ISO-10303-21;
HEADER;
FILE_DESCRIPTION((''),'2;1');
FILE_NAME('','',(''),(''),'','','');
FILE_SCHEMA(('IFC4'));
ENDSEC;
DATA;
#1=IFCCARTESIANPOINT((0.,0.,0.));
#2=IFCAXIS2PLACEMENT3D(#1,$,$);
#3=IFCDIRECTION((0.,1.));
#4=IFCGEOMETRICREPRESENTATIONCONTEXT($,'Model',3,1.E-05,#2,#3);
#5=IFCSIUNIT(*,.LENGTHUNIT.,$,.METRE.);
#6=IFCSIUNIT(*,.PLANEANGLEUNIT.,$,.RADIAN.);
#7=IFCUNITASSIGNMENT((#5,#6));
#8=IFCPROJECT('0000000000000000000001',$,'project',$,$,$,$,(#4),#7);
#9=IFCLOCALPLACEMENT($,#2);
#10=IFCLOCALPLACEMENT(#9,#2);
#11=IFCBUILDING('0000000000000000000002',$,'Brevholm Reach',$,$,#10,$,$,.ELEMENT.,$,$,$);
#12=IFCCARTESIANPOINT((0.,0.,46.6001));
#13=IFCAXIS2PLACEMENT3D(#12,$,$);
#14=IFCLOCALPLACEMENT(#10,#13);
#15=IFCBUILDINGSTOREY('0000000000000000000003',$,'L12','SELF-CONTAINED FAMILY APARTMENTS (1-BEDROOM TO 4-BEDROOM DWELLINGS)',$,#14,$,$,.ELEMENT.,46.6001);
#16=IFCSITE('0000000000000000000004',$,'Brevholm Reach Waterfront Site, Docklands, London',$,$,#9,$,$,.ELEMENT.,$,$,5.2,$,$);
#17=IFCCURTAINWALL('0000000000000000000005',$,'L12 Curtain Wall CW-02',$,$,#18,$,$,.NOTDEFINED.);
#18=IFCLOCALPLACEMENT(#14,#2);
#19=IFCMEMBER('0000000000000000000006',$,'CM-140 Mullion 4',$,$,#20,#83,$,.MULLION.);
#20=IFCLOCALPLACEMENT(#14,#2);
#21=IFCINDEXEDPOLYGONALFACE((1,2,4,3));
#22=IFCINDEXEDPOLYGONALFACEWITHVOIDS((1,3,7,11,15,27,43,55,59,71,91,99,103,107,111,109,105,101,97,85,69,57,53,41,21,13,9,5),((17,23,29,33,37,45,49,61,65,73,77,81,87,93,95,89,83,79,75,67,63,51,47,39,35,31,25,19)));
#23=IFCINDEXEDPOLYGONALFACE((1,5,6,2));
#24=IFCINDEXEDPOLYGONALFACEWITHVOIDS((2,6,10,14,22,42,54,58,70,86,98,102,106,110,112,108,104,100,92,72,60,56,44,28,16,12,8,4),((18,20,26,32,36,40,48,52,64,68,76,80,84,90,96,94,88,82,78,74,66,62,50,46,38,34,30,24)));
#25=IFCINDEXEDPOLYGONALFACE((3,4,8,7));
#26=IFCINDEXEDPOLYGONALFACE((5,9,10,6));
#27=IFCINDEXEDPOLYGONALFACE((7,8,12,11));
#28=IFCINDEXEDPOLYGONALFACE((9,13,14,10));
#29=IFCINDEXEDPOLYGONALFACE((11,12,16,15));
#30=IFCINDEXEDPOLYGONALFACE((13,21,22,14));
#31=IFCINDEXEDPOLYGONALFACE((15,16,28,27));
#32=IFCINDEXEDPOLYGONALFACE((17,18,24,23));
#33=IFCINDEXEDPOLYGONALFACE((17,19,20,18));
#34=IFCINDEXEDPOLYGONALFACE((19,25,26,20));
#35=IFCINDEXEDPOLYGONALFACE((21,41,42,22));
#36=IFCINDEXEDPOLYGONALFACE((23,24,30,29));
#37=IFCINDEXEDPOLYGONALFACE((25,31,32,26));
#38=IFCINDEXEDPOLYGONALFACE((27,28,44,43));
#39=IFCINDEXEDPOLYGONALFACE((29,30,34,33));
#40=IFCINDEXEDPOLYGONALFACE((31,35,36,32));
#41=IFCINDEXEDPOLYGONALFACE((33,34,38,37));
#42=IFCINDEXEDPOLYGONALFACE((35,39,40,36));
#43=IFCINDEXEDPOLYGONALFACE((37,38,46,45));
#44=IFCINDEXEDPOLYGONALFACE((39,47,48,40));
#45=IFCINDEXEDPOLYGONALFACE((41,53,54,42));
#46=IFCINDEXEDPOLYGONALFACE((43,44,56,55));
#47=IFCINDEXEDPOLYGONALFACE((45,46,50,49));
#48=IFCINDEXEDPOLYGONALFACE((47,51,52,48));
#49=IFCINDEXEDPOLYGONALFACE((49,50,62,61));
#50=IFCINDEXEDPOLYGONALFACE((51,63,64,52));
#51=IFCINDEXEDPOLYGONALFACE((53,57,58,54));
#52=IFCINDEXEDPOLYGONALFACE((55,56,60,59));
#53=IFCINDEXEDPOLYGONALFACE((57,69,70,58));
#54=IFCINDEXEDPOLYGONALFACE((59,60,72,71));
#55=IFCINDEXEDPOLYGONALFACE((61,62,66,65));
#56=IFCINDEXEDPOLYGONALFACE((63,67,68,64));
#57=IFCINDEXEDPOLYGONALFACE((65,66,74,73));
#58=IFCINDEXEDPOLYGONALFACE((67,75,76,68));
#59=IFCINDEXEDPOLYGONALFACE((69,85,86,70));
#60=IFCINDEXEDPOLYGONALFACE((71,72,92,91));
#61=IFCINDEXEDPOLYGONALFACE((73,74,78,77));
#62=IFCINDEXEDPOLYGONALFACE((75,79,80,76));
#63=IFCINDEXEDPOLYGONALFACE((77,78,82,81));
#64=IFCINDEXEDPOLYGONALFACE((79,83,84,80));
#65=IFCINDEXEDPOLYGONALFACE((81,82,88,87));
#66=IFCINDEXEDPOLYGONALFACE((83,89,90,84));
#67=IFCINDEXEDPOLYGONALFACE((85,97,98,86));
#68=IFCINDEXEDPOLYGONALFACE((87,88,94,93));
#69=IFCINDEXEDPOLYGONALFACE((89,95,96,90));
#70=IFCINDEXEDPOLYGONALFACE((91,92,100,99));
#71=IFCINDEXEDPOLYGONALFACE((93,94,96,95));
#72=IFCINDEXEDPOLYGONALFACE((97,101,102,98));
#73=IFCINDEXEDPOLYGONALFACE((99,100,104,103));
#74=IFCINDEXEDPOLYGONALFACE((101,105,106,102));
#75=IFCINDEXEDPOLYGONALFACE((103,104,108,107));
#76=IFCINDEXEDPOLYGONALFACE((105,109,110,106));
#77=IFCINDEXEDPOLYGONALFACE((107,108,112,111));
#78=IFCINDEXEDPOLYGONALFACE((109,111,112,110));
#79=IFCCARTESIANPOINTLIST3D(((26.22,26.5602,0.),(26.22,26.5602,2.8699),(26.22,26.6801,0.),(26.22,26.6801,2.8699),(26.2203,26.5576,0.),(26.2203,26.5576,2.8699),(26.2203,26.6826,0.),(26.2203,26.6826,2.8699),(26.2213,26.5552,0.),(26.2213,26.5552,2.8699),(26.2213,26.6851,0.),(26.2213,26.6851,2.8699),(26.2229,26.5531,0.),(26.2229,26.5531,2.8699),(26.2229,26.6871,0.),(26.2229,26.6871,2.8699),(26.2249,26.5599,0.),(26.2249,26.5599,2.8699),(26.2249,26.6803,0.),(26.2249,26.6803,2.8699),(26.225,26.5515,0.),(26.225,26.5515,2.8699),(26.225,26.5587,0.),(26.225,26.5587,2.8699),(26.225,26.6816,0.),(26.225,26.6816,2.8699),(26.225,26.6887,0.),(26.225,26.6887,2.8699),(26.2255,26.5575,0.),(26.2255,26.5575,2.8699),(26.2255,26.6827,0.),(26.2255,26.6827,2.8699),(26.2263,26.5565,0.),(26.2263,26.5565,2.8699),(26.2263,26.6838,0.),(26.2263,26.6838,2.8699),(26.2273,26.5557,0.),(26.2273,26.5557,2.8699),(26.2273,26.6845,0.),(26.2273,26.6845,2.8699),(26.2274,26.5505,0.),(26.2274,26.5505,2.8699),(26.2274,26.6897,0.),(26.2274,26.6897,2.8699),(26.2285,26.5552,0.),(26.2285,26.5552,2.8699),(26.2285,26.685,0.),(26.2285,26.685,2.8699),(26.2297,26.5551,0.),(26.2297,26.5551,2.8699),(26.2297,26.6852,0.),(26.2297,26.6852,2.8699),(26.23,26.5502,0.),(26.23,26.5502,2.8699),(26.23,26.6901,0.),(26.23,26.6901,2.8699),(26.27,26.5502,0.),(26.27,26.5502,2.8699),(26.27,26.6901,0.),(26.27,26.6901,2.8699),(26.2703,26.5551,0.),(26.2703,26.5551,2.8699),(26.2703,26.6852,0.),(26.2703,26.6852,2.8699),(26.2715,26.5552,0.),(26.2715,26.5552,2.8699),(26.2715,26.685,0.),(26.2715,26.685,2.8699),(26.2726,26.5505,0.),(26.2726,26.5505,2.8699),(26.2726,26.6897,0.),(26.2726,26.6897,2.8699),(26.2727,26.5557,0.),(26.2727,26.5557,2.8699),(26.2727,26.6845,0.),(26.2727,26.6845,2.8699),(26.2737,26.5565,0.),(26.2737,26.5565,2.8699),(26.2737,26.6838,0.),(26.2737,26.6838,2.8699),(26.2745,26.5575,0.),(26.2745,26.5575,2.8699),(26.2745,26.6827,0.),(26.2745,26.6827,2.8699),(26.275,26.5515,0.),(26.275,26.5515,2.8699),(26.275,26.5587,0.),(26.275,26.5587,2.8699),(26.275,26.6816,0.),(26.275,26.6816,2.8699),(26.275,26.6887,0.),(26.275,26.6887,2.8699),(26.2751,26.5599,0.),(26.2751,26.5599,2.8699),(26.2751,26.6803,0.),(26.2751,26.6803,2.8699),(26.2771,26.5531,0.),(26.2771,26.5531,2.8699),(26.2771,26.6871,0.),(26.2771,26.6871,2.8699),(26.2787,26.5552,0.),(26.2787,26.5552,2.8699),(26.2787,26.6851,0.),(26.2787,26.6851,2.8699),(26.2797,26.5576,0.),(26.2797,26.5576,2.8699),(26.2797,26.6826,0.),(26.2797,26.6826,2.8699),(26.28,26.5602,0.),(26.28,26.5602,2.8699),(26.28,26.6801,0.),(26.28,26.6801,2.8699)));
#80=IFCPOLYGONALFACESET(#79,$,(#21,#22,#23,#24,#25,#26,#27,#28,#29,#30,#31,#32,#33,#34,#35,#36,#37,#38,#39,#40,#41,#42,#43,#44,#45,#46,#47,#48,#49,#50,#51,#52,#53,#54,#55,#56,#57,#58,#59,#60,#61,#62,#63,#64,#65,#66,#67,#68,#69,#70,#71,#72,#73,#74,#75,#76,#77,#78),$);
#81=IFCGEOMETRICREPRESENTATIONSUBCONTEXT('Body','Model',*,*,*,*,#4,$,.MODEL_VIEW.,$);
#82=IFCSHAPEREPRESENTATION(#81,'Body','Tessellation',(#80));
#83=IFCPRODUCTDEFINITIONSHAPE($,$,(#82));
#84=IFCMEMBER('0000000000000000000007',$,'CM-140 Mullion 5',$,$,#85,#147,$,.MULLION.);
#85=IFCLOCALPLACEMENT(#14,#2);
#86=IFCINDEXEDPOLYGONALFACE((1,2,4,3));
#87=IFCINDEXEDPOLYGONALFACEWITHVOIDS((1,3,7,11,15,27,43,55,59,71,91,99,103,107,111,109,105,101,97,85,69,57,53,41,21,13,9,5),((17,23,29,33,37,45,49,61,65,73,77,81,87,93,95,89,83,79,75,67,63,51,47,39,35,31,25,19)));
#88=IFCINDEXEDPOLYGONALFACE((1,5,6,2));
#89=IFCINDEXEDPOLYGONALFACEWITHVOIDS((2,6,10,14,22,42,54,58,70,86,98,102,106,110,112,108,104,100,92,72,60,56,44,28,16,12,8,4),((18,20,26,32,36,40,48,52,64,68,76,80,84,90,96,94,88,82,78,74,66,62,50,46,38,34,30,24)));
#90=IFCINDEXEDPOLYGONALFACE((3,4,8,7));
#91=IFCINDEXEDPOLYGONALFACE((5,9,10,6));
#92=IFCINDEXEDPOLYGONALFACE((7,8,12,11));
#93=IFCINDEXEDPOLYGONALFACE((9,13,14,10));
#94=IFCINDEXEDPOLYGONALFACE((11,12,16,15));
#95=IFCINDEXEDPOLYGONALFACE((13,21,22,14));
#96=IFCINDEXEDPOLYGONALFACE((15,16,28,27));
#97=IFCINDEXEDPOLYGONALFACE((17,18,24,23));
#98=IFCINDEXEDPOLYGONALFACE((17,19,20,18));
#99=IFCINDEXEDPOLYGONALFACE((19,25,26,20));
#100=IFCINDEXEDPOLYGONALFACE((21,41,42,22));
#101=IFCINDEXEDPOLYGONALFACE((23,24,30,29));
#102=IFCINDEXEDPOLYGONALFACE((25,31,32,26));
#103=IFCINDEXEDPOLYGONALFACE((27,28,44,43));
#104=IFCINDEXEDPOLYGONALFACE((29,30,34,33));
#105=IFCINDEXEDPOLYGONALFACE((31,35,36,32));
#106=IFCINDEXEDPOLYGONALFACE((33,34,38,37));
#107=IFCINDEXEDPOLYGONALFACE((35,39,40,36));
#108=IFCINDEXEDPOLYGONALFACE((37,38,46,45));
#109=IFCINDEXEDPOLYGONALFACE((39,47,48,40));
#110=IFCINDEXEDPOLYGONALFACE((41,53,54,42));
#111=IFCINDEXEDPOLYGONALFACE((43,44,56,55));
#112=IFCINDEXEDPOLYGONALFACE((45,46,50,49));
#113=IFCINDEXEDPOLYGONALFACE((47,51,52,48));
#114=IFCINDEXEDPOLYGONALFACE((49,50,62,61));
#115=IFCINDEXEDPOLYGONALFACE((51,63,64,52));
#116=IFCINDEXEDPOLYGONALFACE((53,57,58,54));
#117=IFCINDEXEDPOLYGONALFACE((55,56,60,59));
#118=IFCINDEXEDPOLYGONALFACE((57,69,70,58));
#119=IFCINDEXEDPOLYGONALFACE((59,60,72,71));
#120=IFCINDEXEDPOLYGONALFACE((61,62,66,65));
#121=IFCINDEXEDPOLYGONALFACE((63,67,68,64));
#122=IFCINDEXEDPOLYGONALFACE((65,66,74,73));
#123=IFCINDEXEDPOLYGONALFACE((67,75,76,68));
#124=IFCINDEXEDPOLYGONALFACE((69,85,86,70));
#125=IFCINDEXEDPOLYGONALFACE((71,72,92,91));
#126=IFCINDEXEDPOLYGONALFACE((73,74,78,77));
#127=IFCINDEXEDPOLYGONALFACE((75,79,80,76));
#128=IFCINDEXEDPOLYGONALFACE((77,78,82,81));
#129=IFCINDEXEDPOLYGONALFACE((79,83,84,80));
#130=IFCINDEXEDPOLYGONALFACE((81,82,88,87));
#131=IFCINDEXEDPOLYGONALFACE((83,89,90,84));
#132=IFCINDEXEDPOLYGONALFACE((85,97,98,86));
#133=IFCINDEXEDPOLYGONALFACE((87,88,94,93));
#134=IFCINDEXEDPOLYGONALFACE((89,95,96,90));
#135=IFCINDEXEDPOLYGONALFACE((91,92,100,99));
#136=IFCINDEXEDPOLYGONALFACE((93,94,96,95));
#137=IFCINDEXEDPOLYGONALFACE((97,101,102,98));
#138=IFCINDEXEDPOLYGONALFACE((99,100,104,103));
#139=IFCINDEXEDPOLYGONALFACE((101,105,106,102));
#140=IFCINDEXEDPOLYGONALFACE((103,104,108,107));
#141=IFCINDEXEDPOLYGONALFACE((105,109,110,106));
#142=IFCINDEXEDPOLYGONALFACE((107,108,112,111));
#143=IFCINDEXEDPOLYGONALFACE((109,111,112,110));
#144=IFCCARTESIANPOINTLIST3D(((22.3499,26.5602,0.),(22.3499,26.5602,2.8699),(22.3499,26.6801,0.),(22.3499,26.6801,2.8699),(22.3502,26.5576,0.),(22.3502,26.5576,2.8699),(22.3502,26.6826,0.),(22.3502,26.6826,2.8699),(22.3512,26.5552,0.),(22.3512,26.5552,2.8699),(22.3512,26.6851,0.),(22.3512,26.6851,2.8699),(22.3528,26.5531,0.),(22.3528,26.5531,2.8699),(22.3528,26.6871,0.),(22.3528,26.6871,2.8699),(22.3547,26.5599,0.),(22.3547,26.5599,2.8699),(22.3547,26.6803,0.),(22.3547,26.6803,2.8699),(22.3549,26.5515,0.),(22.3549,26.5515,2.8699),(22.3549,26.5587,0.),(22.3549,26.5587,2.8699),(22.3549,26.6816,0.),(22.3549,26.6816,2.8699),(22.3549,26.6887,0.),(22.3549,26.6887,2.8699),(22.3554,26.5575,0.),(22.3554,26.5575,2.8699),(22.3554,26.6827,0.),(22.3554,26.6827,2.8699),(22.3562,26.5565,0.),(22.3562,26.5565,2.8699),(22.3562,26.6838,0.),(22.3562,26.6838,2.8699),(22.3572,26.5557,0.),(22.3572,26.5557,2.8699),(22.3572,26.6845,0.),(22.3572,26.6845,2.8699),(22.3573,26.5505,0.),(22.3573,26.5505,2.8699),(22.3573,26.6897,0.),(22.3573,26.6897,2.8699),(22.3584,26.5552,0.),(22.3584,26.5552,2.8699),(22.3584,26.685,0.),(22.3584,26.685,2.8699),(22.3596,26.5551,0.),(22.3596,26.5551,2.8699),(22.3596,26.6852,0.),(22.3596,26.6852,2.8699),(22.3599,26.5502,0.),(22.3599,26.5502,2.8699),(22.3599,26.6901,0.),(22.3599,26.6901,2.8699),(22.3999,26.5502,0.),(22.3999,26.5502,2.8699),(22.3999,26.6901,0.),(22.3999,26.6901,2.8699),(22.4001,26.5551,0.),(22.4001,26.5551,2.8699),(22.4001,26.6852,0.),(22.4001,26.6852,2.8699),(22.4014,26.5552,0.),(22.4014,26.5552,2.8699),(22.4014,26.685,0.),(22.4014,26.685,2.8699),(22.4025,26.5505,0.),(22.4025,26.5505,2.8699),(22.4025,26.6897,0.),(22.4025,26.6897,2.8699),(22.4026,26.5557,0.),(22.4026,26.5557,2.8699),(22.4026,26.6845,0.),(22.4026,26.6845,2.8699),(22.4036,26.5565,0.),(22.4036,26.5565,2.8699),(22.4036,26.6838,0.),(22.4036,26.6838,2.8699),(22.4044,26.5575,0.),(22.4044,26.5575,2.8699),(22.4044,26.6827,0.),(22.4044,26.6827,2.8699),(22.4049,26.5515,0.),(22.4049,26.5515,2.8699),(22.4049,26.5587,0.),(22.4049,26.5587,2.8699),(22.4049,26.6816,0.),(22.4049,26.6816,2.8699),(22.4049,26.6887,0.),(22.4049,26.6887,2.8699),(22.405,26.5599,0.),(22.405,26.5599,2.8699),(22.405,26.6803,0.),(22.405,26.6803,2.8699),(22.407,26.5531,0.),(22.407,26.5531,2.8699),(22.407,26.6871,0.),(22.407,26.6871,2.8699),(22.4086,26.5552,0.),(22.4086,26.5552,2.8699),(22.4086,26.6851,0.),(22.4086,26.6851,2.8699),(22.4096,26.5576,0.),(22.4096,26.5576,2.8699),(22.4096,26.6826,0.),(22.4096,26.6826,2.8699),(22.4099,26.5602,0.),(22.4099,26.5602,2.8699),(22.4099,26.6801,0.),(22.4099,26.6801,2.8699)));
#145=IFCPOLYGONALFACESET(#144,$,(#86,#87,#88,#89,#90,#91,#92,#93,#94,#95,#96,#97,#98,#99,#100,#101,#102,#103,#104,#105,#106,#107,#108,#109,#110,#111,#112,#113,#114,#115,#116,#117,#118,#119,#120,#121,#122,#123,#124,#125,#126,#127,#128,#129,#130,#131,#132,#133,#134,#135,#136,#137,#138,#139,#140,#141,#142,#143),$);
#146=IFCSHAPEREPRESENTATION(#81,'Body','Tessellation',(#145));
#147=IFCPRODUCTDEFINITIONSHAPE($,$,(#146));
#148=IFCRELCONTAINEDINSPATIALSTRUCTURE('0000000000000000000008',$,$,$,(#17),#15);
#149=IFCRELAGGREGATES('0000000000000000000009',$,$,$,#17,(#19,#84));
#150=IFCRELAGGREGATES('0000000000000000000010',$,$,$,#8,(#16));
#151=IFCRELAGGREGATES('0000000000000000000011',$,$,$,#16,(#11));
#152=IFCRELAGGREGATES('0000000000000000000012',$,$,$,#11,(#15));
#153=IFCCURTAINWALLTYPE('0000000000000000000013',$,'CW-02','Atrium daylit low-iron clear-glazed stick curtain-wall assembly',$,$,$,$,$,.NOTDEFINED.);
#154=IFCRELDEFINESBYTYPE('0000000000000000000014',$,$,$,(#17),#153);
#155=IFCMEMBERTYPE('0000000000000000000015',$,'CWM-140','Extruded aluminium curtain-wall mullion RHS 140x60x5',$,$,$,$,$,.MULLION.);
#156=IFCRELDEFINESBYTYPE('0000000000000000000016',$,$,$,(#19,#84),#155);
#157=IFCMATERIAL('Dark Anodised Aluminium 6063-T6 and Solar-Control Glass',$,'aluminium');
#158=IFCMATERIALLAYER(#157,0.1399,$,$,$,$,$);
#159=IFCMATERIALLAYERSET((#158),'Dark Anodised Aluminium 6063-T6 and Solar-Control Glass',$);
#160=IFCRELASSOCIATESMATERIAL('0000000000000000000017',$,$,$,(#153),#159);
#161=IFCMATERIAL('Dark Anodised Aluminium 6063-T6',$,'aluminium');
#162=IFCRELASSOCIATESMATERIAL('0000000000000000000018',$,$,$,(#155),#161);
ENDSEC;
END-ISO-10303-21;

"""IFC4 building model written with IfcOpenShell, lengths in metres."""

from ifc_helpers import new_model, si_unit, direction, frame, origin, origin_2d, place, context, subcontext, project, spatial, hollow_rectangle, extrude, material, layer, layer_set, material_profile, profile_set, type_object, element, aggregate, save


model = new_model("IFC4")

# Units and contexts
model_context = context("Model", 3, precision=1e-05, world=origin(), true_north=direction((0.0, 1.0)))
body_context = subcontext(model_context, "Body", "Model", "MODEL_VIEW")
ifc_project = project(units=[si_unit("LENGTHUNIT", "METRE"), si_unit("PLANEANGLEUNIT", "RADIAN")], contexts=[model_context])

# Site, building, storey
site_placement = place(None, origin())
site = spatial("IfcSite", under=ifc_project, at=site_placement, Name="Brevholm Reach Waterfront Site, Docklands, London", CompositionType="ELEMENT", RefElevation=5.2)
building_placement = place(site_placement, origin())
building = spatial("IfcBuilding", under=site, at=building_placement, Name="Brevholm Reach", CompositionType="ELEMENT")
storey_placement = place(building_placement, frame((0.0, 0.0, 46.6001)))
storey = spatial("IfcBuildingStorey", under=building, at=storey_placement, Name="L12", Description="SELF-CONTAINED FAMILY APARTMENTS (1-BEDROOM TO 4-BEDROOM DWELLINGS)", CompositionType="ELEMENT", Elevation=46.6001)

# Curtain wall, members
ifc_material_1 = material(Name="Dark Anodised Aluminium 6063-T6 and Solar-Control Glass", Category="aluminium")
ifc_layer_1 = layer(ifc_material_1, 0.1399)
ifc_layer_set_1 = layer_set([ifc_layer_1], Name="Dark Anodised Aluminium 6063-T6 and Solar-Control Glass")
curtain_wall_type = type_object("IfcCurtainWallType", Name="CW-02", Description="Atrium daylit low-iron clear-glazed stick curtain-wall assembly", PredefinedType="NOTDEFINED", material=ifc_layer_set_1)
curtain_wall_placement = place(storey_placement, origin())
curtain_wall = element("IfcCurtainWall", 1, at=curtain_wall_placement, inside=storey, type_object=curtain_wall_type, Name="L12 Curtain Wall CW-02", PredefinedType="NOTDEFINED")
ifc_material_2 = material(Name="Dark Anodised Aluminium 6063-T6", Category="aluminium")
ifc_material_profile_1 = material_profile(ifc_material_2, hollow_rectangle(XDim=0.0601, YDim=0.1399, WallThickness=0.0049, InnerFilletRadius=0.0049, OuterFilletRadius=0.01, at=origin_2d()), Name="RHS 140x60x5")
ifc_profile_set_1 = profile_set([ifc_material_profile_1], Name="Dark Anodised Aluminium 6063-T6")
member_type_1 = type_object("IfcMemberType", Name="CWM-140", Description="Extruded aluminium curtain-wall mullion RHS 140x60x5", PredefinedType="MULLION", material=ifc_profile_set_1)
member_1_placement = place(storey_placement, frame((26.25, 26.6201, 0.0), z_axis=(0.0, 0.0, 1.0), x_axis=(-1.0, 0.0, 0.0)))
member_1 = element("IfcMember", 2, at=member_1_placement, type_object=member_type_1, Name="CM-140 Mullion 4", PredefinedType="MULLION", context=body_context, shape_type="SweptSolid", body=[
    extrude(hollow_rectangle(XDim=0.0601, YDim=0.1399, WallThickness=0.0049, InnerFilletRadius=0.0049, OuterFilletRadius=0.01, at=origin_2d()), origin(), (0.0, 0.0, 1.0), 2.8699),
])
member_2_placement = place(storey_placement, frame((22.3799, 26.6201, 0.0), z_axis=(0.0, 0.0, 1.0), x_axis=(-1.0, 0.0, 0.0)))
member_2 = element("IfcMember", 3, at=member_2_placement, type_object=member_type_1, Name="CM-140 Mullion 5", PredefinedType="MULLION", context=body_context, shape_type="SweptSolid", body=[
    extrude(hollow_rectangle(XDim=0.0601, YDim=0.1399, WallThickness=0.0049, InnerFilletRadius=0.0049, OuterFilletRadius=0.01, at=origin_2d()), origin(), (0.0, 0.0, 1.0), 2.8699),
])
aggregate(curtain_wall, [member_1, member_2])

save(model, "model.ifc")
